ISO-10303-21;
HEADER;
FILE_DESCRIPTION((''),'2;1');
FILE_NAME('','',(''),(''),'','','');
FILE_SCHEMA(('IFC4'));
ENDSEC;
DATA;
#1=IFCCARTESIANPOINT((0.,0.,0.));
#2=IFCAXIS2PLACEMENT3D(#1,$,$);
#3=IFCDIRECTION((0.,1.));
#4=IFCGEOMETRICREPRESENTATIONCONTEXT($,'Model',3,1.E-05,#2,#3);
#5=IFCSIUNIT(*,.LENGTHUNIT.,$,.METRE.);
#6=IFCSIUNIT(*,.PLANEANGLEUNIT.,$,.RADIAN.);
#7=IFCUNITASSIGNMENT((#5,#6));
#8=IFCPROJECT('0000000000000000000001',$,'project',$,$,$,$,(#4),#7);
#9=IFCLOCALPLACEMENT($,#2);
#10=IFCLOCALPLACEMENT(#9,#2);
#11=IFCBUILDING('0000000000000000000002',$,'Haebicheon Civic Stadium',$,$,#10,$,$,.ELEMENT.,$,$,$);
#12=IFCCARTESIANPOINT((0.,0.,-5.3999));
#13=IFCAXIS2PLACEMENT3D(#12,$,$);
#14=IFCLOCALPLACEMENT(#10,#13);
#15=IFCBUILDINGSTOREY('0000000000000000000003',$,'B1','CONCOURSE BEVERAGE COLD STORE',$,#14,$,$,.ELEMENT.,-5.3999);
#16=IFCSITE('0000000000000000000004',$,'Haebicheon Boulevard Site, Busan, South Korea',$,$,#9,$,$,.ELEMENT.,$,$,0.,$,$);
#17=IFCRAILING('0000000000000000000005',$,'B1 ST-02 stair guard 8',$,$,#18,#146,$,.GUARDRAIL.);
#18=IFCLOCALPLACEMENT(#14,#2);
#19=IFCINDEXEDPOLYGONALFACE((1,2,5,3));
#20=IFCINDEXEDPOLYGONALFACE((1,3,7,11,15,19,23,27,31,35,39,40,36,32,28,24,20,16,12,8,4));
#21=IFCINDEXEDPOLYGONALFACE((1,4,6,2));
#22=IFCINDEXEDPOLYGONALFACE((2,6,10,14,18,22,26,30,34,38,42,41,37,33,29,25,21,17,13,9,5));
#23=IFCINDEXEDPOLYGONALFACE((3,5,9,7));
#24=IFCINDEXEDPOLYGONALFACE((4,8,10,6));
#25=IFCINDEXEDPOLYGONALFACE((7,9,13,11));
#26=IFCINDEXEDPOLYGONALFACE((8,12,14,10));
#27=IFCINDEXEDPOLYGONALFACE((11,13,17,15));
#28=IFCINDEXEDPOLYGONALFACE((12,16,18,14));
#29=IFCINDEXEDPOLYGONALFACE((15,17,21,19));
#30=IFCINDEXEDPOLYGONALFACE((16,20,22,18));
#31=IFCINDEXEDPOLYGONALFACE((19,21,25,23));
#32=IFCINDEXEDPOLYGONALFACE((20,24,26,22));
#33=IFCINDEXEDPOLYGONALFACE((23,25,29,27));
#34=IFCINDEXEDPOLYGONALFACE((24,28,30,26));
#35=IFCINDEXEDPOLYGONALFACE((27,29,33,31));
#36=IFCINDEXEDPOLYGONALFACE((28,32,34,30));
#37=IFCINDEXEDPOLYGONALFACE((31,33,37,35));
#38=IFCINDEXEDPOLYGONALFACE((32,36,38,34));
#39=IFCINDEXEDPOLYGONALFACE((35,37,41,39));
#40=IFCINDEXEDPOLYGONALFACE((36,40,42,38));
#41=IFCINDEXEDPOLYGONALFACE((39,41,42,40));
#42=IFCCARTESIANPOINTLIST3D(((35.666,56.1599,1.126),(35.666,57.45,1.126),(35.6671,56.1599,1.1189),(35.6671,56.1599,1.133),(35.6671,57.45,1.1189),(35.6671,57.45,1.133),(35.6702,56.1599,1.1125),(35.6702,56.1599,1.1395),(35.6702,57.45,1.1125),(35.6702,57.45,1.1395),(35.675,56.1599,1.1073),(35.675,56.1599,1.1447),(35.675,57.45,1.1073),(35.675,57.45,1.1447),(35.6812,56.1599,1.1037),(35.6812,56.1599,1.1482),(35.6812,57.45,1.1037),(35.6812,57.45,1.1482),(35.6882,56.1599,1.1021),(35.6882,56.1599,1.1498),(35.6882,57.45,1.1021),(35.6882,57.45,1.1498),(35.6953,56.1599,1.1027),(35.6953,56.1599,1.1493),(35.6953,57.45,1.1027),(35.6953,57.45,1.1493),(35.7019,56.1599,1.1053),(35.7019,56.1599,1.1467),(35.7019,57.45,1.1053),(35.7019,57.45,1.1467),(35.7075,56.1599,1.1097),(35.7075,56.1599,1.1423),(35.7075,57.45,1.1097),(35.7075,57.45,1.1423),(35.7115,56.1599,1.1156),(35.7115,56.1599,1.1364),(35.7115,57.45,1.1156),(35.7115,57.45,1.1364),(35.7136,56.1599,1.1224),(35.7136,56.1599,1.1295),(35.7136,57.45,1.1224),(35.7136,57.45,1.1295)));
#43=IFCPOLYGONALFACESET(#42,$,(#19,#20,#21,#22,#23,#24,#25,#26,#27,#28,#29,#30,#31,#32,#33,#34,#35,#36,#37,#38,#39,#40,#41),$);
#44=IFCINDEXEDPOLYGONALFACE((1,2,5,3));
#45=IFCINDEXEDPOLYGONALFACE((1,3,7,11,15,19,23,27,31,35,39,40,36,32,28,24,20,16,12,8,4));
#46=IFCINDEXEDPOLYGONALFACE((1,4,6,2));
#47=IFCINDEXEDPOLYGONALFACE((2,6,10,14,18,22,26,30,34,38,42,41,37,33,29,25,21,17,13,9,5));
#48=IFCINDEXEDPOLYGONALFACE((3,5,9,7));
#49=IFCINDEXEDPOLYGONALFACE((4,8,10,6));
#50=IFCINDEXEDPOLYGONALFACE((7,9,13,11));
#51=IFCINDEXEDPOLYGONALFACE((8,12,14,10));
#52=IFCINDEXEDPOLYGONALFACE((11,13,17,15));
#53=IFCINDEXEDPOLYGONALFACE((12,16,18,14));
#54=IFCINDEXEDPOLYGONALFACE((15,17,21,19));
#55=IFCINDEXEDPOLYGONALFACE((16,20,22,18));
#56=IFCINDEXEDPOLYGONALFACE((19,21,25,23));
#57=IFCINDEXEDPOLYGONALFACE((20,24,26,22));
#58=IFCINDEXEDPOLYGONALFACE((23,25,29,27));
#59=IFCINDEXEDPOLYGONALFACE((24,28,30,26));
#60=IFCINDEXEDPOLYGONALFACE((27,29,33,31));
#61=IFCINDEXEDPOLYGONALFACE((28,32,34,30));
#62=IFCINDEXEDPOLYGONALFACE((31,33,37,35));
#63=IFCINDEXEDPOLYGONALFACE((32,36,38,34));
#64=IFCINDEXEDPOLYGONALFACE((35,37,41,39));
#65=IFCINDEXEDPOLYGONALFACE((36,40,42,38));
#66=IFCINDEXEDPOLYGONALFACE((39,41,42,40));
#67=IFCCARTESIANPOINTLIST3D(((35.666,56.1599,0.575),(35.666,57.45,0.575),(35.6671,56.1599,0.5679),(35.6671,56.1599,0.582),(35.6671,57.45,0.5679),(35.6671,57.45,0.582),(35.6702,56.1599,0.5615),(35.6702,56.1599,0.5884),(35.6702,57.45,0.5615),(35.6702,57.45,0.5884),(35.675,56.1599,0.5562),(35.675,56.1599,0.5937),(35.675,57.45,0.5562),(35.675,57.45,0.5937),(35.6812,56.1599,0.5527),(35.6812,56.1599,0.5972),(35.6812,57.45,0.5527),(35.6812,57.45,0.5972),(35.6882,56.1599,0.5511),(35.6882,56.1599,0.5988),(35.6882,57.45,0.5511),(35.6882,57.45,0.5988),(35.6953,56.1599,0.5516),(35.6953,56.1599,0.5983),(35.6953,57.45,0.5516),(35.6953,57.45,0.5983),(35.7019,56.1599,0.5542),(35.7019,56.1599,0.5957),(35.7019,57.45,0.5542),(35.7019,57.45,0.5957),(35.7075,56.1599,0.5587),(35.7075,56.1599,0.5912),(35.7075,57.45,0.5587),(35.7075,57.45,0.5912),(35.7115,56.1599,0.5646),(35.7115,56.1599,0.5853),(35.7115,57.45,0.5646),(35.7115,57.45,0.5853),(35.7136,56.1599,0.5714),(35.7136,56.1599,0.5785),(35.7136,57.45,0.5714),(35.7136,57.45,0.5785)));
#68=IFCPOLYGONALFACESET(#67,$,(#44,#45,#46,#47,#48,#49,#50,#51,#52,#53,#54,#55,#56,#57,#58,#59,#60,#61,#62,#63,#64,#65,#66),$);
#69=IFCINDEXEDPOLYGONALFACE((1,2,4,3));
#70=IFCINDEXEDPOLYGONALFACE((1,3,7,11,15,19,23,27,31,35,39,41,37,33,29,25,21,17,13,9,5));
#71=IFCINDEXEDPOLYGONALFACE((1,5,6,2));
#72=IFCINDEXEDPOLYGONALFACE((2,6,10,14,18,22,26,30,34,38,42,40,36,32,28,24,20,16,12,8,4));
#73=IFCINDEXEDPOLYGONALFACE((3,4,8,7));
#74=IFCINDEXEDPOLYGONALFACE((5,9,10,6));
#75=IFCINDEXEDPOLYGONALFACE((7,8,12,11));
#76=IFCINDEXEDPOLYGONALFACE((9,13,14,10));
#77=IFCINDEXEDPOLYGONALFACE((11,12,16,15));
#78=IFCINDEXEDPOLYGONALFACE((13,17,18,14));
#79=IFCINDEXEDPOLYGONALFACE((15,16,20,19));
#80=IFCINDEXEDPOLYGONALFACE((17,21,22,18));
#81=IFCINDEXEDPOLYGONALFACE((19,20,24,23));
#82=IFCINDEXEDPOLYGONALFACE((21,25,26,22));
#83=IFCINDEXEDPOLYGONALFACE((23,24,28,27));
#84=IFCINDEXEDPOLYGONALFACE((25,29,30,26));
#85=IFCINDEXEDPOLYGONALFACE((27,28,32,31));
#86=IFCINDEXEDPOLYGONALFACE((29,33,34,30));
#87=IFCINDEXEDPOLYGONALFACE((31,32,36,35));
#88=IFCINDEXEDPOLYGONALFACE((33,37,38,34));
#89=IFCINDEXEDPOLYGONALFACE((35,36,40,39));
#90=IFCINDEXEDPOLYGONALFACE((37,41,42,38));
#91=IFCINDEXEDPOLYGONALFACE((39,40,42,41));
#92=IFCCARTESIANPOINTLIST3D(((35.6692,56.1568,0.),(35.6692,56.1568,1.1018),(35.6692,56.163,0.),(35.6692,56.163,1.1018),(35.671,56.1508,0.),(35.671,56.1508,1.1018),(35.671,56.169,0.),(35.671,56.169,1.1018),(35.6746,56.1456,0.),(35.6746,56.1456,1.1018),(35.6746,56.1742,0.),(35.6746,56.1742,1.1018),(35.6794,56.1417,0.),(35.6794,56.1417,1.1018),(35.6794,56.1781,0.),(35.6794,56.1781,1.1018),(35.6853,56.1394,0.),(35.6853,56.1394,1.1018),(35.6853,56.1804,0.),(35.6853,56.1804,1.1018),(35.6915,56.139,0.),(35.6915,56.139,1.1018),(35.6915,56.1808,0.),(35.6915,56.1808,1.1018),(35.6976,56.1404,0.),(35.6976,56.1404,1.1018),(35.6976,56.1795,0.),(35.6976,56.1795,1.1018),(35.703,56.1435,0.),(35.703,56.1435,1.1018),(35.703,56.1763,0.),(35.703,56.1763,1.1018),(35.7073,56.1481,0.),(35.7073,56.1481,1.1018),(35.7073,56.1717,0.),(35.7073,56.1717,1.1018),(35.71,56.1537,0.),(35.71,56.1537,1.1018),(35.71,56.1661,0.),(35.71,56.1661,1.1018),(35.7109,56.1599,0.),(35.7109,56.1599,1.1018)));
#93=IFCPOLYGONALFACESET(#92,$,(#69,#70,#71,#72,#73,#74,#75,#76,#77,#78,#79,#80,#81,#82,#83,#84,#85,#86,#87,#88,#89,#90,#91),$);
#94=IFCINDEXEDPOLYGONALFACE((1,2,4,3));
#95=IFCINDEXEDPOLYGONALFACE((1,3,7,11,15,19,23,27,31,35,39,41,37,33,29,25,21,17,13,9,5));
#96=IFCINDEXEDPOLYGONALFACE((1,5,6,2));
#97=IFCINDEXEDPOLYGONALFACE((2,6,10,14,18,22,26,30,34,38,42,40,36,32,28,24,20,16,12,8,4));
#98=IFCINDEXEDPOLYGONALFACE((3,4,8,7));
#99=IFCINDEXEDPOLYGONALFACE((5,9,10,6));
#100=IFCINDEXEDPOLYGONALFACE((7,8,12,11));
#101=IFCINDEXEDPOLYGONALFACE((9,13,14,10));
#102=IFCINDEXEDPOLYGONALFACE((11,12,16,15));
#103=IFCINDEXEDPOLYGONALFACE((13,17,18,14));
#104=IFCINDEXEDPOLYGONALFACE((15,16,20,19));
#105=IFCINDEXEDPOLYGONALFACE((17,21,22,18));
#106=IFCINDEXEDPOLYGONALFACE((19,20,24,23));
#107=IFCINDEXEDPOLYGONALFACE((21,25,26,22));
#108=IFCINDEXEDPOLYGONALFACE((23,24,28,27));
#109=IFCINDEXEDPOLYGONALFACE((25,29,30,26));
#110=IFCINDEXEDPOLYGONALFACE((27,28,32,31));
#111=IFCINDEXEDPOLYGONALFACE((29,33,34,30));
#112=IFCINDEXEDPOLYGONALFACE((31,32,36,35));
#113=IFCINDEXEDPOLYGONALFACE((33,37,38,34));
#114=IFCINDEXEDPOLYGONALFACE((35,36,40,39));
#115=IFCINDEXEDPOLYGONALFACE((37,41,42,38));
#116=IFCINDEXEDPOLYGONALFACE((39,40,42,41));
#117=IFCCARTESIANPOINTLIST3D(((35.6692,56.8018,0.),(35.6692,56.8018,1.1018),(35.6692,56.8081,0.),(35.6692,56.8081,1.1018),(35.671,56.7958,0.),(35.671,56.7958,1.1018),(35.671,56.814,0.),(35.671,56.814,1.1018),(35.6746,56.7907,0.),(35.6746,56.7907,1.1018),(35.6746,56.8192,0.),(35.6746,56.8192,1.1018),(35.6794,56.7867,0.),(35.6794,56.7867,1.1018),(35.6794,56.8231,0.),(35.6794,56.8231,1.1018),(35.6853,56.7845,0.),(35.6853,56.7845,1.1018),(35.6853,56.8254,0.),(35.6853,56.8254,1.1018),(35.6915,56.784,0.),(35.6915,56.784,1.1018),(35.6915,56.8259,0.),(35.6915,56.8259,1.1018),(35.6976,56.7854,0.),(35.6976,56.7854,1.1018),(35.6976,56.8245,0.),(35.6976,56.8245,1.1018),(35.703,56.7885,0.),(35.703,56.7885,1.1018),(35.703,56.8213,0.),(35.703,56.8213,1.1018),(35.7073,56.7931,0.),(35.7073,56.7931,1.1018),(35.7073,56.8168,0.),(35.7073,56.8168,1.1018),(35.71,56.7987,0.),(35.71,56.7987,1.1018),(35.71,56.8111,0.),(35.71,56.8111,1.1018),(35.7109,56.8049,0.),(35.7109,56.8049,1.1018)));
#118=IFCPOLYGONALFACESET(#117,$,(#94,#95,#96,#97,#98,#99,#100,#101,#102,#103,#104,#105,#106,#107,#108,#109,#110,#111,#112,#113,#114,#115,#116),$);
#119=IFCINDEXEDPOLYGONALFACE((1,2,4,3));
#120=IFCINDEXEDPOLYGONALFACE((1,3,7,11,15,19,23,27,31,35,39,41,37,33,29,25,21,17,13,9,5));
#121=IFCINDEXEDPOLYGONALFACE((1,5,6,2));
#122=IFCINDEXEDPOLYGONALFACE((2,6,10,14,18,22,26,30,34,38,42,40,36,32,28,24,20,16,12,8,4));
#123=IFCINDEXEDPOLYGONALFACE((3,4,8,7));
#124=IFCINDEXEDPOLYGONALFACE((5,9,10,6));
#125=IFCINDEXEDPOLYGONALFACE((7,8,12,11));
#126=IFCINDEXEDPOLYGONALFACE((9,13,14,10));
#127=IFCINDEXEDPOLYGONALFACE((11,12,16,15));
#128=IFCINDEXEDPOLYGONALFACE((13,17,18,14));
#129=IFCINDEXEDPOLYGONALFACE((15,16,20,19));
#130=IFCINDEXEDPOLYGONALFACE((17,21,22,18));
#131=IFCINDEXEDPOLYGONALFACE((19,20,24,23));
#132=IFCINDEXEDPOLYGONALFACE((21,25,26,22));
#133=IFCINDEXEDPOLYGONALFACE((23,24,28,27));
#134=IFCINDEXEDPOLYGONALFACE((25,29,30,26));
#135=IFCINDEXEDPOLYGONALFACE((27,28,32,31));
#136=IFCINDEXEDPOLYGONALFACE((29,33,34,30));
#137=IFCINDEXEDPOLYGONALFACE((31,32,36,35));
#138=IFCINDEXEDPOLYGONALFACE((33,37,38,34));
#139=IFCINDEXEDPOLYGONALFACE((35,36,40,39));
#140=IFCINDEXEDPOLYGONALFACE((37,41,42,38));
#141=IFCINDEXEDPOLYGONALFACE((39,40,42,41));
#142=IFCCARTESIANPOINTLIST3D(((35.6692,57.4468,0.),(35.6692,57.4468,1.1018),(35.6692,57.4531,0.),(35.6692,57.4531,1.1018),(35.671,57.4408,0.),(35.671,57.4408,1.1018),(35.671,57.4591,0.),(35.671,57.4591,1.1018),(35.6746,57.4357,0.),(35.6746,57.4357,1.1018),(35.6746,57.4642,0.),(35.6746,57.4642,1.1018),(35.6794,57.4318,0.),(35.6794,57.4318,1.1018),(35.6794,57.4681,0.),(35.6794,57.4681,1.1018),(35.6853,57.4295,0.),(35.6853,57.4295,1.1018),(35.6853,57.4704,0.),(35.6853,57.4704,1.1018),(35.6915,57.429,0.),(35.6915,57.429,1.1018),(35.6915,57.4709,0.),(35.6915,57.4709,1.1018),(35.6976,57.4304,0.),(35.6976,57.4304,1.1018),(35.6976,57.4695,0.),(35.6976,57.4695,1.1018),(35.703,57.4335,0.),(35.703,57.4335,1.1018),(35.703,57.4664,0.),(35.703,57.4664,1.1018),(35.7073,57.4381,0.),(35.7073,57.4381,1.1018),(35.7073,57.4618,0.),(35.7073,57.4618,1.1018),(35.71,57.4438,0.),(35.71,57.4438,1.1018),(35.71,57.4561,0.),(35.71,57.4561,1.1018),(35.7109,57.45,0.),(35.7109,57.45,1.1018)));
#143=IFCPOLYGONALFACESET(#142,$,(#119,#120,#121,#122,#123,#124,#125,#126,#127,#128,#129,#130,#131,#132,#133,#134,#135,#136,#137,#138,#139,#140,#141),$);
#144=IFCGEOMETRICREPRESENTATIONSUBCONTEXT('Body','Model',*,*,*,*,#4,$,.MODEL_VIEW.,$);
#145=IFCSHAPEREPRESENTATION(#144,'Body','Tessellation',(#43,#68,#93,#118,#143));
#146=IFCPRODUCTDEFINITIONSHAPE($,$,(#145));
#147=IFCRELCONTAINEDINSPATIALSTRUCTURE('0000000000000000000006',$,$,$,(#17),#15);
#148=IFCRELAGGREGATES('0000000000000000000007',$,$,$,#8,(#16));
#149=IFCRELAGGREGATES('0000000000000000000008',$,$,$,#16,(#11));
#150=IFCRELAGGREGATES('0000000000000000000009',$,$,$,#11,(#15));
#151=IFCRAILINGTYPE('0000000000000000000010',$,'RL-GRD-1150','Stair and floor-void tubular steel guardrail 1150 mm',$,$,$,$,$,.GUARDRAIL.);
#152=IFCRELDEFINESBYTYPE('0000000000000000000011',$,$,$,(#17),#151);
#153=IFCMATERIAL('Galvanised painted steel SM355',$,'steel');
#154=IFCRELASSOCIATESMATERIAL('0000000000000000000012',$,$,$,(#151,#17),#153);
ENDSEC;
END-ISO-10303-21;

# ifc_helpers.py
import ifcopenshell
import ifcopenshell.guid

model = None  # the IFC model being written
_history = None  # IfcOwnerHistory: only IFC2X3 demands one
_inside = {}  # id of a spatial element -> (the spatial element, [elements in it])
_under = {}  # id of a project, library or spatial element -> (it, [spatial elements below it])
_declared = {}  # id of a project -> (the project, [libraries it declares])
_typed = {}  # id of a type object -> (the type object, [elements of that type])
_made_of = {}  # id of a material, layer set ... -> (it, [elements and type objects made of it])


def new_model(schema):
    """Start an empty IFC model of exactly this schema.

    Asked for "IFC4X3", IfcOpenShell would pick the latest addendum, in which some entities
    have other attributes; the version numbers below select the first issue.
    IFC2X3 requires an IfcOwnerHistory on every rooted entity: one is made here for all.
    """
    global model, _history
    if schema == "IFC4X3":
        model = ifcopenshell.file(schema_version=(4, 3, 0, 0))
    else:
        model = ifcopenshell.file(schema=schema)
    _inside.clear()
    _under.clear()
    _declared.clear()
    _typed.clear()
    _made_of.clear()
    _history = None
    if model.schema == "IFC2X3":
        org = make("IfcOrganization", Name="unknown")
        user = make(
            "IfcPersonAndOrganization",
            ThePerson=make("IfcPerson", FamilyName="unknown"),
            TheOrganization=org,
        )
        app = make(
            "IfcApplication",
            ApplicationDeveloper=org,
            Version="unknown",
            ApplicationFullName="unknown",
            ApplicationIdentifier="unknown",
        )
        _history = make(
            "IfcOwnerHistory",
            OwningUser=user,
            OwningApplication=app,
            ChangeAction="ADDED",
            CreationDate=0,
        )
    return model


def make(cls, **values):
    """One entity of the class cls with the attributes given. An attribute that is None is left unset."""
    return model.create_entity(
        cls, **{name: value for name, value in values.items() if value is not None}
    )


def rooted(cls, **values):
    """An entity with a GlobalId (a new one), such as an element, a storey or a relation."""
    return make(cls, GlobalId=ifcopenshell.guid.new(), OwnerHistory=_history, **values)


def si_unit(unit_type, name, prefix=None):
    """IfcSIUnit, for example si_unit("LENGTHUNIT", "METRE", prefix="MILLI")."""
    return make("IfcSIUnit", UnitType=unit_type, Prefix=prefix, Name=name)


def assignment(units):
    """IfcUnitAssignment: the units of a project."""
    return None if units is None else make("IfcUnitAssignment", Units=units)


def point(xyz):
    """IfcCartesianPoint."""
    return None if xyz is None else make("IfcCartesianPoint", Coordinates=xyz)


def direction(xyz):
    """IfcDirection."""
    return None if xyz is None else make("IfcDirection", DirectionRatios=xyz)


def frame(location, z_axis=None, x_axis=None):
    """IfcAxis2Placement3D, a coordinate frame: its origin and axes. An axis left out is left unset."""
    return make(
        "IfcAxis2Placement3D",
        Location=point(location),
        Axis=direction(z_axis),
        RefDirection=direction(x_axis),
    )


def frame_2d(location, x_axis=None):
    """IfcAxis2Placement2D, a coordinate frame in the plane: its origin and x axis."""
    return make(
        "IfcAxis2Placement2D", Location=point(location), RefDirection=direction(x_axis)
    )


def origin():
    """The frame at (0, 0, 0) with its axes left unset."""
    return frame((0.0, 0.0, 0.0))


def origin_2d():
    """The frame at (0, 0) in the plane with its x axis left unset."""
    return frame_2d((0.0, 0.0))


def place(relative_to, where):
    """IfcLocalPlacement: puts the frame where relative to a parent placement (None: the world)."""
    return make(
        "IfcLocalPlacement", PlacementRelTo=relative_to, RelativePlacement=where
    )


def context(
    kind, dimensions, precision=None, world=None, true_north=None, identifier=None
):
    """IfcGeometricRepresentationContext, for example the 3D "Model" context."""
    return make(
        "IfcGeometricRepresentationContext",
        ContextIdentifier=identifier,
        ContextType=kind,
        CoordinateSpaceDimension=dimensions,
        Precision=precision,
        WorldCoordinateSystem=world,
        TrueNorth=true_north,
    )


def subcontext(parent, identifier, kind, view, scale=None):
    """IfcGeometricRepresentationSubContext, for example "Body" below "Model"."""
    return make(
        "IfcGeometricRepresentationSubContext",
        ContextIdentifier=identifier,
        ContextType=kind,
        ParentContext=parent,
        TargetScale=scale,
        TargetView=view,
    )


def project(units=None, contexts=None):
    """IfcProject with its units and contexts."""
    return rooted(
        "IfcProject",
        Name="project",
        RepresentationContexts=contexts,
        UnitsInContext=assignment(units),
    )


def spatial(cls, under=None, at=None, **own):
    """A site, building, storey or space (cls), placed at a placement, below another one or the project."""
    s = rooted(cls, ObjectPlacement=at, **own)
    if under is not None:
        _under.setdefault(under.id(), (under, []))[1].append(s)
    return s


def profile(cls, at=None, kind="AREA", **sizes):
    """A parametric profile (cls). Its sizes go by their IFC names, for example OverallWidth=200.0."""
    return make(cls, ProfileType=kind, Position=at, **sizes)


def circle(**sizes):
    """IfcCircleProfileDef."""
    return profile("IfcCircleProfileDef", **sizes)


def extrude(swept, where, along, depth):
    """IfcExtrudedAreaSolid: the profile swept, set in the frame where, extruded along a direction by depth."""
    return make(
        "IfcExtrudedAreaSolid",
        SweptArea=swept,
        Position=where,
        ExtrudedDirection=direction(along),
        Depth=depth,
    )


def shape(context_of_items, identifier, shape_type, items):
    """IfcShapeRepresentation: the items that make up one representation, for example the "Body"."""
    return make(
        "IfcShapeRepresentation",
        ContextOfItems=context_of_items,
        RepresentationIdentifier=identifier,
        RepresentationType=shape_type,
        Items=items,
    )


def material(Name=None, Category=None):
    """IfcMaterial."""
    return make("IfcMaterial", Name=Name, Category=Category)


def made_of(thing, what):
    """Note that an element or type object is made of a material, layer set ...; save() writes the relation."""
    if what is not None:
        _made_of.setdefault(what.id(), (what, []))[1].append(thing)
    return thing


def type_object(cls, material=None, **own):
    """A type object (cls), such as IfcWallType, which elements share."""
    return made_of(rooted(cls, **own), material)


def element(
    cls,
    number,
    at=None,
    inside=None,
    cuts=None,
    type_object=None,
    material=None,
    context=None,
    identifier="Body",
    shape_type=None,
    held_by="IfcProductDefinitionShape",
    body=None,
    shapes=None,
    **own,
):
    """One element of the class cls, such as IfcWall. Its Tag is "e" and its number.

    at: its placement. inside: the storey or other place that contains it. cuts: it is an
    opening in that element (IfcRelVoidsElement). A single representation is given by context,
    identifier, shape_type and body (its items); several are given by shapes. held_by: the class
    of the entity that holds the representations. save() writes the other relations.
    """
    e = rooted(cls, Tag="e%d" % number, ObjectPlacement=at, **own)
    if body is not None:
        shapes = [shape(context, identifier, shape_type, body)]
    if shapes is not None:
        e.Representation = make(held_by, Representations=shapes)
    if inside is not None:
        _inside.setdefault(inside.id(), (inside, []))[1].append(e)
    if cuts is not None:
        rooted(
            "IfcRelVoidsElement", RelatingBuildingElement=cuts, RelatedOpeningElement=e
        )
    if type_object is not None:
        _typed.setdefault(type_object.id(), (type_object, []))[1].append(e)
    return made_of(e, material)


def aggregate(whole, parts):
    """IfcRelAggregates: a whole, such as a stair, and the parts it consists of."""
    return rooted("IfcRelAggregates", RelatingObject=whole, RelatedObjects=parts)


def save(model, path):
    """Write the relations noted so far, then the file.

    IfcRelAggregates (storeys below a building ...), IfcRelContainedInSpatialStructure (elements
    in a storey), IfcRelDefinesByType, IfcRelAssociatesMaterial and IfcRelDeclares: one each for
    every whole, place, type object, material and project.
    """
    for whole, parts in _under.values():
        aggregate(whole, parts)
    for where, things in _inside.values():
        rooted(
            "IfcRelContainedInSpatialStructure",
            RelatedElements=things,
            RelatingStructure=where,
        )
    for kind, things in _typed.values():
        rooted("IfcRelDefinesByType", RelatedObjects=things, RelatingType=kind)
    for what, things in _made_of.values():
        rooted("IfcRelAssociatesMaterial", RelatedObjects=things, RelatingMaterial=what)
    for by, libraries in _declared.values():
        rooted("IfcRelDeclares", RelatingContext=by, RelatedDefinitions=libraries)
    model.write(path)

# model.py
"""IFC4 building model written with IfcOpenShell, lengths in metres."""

from ifc_helpers import new_model, si_unit, direction, frame, origin, origin_2d, place, context, subcontext, project, spatial, circle, extrude, material, type_object, element, save


model = new_model("IFC4")

# Units and contexts
model_context = context("Model", 3, precision=1e-05, world=origin(), true_north=direction((0.0, 1.0)))
body_context = subcontext(model_context, "Body", "Model", "MODEL_VIEW")
ifc_project = project(units=[si_unit("LENGTHUNIT", "METRE"), si_unit("PLANEANGLEUNIT", "RADIAN")], contexts=[model_context])

# Site, building, storey
site_placement = place(None, origin())
site = spatial("IfcSite", under=ifc_project, at=site_placement, Name="Haebicheon Boulevard Site, Busan, South Korea", CompositionType="ELEMENT", RefElevation=0.0)
building_placement = place(site_placement, origin())
building = spatial("IfcBuilding", under=site, at=building_placement, Name="Haebicheon Civic Stadium", CompositionType="ELEMENT")
storey_placement = place(building_placement, frame((0.0, 0.0, -5.3999)))
storey = spatial("IfcBuildingStorey", under=building, at=storey_placement, Name="B1", Description="CONCOURSE BEVERAGE COLD STORE", CompositionType="ELEMENT", Elevation=-5.3999)

# Railing
ifc_material_1 = material(Name="Galvanised painted steel SM355", Category="steel")
railing_type_1 = type_object("IfcRailingType", Name="RL-GRD-1150", Description="Stair and floor-void tubular steel guardrail 1150 mm", PredefinedType="GUARDRAIL", material=ifc_material_1)
railing_1_placement = place(storey_placement, frame((35.6899, 56.1599, 0.0)))
element("IfcRailing", 1, at=railing_1_placement, inside=storey, type_object=railing_type_1, material=ifc_material_1, Name="B1 ST-02 stair guard 8", PredefinedType="GUARDRAIL", context=body_context, shape_type="SweptSolid", body=[
    extrude(circle(Radius=0.0239, at=origin_2d()), frame((0.0, 0.0, 1.126), z_axis=(0.0, 1.0, 0.0), x_axis=(-1.0, 0.0, 0.0)), (0.0, 0.0, 1.0), 1.29),
    extrude(circle(Radius=0.0239, at=origin_2d()), frame((0.0, 0.0, 0.575), z_axis=(0.0, 1.0, 0.0), x_axis=(-1.0, 0.0, 0.0)), (0.0, 0.0, 1.0), 1.29),
    extrude(circle(Radius=0.021, at=origin_2d()), origin(), (0.0, 0.0, 1.0), 1.1018),
    extrude(circle(Radius=0.021, at=origin_2d()), frame((0.0, 0.645, 0.0)), (0.0, 0.0, 1.0), 1.1018),
    extrude(circle(Radius=0.021, at=origin_2d()), frame((0.0, 1.29, 0.0)), (0.0, 0.0, 1.0), 1.1018),
])

save(model, "model.ifc")
